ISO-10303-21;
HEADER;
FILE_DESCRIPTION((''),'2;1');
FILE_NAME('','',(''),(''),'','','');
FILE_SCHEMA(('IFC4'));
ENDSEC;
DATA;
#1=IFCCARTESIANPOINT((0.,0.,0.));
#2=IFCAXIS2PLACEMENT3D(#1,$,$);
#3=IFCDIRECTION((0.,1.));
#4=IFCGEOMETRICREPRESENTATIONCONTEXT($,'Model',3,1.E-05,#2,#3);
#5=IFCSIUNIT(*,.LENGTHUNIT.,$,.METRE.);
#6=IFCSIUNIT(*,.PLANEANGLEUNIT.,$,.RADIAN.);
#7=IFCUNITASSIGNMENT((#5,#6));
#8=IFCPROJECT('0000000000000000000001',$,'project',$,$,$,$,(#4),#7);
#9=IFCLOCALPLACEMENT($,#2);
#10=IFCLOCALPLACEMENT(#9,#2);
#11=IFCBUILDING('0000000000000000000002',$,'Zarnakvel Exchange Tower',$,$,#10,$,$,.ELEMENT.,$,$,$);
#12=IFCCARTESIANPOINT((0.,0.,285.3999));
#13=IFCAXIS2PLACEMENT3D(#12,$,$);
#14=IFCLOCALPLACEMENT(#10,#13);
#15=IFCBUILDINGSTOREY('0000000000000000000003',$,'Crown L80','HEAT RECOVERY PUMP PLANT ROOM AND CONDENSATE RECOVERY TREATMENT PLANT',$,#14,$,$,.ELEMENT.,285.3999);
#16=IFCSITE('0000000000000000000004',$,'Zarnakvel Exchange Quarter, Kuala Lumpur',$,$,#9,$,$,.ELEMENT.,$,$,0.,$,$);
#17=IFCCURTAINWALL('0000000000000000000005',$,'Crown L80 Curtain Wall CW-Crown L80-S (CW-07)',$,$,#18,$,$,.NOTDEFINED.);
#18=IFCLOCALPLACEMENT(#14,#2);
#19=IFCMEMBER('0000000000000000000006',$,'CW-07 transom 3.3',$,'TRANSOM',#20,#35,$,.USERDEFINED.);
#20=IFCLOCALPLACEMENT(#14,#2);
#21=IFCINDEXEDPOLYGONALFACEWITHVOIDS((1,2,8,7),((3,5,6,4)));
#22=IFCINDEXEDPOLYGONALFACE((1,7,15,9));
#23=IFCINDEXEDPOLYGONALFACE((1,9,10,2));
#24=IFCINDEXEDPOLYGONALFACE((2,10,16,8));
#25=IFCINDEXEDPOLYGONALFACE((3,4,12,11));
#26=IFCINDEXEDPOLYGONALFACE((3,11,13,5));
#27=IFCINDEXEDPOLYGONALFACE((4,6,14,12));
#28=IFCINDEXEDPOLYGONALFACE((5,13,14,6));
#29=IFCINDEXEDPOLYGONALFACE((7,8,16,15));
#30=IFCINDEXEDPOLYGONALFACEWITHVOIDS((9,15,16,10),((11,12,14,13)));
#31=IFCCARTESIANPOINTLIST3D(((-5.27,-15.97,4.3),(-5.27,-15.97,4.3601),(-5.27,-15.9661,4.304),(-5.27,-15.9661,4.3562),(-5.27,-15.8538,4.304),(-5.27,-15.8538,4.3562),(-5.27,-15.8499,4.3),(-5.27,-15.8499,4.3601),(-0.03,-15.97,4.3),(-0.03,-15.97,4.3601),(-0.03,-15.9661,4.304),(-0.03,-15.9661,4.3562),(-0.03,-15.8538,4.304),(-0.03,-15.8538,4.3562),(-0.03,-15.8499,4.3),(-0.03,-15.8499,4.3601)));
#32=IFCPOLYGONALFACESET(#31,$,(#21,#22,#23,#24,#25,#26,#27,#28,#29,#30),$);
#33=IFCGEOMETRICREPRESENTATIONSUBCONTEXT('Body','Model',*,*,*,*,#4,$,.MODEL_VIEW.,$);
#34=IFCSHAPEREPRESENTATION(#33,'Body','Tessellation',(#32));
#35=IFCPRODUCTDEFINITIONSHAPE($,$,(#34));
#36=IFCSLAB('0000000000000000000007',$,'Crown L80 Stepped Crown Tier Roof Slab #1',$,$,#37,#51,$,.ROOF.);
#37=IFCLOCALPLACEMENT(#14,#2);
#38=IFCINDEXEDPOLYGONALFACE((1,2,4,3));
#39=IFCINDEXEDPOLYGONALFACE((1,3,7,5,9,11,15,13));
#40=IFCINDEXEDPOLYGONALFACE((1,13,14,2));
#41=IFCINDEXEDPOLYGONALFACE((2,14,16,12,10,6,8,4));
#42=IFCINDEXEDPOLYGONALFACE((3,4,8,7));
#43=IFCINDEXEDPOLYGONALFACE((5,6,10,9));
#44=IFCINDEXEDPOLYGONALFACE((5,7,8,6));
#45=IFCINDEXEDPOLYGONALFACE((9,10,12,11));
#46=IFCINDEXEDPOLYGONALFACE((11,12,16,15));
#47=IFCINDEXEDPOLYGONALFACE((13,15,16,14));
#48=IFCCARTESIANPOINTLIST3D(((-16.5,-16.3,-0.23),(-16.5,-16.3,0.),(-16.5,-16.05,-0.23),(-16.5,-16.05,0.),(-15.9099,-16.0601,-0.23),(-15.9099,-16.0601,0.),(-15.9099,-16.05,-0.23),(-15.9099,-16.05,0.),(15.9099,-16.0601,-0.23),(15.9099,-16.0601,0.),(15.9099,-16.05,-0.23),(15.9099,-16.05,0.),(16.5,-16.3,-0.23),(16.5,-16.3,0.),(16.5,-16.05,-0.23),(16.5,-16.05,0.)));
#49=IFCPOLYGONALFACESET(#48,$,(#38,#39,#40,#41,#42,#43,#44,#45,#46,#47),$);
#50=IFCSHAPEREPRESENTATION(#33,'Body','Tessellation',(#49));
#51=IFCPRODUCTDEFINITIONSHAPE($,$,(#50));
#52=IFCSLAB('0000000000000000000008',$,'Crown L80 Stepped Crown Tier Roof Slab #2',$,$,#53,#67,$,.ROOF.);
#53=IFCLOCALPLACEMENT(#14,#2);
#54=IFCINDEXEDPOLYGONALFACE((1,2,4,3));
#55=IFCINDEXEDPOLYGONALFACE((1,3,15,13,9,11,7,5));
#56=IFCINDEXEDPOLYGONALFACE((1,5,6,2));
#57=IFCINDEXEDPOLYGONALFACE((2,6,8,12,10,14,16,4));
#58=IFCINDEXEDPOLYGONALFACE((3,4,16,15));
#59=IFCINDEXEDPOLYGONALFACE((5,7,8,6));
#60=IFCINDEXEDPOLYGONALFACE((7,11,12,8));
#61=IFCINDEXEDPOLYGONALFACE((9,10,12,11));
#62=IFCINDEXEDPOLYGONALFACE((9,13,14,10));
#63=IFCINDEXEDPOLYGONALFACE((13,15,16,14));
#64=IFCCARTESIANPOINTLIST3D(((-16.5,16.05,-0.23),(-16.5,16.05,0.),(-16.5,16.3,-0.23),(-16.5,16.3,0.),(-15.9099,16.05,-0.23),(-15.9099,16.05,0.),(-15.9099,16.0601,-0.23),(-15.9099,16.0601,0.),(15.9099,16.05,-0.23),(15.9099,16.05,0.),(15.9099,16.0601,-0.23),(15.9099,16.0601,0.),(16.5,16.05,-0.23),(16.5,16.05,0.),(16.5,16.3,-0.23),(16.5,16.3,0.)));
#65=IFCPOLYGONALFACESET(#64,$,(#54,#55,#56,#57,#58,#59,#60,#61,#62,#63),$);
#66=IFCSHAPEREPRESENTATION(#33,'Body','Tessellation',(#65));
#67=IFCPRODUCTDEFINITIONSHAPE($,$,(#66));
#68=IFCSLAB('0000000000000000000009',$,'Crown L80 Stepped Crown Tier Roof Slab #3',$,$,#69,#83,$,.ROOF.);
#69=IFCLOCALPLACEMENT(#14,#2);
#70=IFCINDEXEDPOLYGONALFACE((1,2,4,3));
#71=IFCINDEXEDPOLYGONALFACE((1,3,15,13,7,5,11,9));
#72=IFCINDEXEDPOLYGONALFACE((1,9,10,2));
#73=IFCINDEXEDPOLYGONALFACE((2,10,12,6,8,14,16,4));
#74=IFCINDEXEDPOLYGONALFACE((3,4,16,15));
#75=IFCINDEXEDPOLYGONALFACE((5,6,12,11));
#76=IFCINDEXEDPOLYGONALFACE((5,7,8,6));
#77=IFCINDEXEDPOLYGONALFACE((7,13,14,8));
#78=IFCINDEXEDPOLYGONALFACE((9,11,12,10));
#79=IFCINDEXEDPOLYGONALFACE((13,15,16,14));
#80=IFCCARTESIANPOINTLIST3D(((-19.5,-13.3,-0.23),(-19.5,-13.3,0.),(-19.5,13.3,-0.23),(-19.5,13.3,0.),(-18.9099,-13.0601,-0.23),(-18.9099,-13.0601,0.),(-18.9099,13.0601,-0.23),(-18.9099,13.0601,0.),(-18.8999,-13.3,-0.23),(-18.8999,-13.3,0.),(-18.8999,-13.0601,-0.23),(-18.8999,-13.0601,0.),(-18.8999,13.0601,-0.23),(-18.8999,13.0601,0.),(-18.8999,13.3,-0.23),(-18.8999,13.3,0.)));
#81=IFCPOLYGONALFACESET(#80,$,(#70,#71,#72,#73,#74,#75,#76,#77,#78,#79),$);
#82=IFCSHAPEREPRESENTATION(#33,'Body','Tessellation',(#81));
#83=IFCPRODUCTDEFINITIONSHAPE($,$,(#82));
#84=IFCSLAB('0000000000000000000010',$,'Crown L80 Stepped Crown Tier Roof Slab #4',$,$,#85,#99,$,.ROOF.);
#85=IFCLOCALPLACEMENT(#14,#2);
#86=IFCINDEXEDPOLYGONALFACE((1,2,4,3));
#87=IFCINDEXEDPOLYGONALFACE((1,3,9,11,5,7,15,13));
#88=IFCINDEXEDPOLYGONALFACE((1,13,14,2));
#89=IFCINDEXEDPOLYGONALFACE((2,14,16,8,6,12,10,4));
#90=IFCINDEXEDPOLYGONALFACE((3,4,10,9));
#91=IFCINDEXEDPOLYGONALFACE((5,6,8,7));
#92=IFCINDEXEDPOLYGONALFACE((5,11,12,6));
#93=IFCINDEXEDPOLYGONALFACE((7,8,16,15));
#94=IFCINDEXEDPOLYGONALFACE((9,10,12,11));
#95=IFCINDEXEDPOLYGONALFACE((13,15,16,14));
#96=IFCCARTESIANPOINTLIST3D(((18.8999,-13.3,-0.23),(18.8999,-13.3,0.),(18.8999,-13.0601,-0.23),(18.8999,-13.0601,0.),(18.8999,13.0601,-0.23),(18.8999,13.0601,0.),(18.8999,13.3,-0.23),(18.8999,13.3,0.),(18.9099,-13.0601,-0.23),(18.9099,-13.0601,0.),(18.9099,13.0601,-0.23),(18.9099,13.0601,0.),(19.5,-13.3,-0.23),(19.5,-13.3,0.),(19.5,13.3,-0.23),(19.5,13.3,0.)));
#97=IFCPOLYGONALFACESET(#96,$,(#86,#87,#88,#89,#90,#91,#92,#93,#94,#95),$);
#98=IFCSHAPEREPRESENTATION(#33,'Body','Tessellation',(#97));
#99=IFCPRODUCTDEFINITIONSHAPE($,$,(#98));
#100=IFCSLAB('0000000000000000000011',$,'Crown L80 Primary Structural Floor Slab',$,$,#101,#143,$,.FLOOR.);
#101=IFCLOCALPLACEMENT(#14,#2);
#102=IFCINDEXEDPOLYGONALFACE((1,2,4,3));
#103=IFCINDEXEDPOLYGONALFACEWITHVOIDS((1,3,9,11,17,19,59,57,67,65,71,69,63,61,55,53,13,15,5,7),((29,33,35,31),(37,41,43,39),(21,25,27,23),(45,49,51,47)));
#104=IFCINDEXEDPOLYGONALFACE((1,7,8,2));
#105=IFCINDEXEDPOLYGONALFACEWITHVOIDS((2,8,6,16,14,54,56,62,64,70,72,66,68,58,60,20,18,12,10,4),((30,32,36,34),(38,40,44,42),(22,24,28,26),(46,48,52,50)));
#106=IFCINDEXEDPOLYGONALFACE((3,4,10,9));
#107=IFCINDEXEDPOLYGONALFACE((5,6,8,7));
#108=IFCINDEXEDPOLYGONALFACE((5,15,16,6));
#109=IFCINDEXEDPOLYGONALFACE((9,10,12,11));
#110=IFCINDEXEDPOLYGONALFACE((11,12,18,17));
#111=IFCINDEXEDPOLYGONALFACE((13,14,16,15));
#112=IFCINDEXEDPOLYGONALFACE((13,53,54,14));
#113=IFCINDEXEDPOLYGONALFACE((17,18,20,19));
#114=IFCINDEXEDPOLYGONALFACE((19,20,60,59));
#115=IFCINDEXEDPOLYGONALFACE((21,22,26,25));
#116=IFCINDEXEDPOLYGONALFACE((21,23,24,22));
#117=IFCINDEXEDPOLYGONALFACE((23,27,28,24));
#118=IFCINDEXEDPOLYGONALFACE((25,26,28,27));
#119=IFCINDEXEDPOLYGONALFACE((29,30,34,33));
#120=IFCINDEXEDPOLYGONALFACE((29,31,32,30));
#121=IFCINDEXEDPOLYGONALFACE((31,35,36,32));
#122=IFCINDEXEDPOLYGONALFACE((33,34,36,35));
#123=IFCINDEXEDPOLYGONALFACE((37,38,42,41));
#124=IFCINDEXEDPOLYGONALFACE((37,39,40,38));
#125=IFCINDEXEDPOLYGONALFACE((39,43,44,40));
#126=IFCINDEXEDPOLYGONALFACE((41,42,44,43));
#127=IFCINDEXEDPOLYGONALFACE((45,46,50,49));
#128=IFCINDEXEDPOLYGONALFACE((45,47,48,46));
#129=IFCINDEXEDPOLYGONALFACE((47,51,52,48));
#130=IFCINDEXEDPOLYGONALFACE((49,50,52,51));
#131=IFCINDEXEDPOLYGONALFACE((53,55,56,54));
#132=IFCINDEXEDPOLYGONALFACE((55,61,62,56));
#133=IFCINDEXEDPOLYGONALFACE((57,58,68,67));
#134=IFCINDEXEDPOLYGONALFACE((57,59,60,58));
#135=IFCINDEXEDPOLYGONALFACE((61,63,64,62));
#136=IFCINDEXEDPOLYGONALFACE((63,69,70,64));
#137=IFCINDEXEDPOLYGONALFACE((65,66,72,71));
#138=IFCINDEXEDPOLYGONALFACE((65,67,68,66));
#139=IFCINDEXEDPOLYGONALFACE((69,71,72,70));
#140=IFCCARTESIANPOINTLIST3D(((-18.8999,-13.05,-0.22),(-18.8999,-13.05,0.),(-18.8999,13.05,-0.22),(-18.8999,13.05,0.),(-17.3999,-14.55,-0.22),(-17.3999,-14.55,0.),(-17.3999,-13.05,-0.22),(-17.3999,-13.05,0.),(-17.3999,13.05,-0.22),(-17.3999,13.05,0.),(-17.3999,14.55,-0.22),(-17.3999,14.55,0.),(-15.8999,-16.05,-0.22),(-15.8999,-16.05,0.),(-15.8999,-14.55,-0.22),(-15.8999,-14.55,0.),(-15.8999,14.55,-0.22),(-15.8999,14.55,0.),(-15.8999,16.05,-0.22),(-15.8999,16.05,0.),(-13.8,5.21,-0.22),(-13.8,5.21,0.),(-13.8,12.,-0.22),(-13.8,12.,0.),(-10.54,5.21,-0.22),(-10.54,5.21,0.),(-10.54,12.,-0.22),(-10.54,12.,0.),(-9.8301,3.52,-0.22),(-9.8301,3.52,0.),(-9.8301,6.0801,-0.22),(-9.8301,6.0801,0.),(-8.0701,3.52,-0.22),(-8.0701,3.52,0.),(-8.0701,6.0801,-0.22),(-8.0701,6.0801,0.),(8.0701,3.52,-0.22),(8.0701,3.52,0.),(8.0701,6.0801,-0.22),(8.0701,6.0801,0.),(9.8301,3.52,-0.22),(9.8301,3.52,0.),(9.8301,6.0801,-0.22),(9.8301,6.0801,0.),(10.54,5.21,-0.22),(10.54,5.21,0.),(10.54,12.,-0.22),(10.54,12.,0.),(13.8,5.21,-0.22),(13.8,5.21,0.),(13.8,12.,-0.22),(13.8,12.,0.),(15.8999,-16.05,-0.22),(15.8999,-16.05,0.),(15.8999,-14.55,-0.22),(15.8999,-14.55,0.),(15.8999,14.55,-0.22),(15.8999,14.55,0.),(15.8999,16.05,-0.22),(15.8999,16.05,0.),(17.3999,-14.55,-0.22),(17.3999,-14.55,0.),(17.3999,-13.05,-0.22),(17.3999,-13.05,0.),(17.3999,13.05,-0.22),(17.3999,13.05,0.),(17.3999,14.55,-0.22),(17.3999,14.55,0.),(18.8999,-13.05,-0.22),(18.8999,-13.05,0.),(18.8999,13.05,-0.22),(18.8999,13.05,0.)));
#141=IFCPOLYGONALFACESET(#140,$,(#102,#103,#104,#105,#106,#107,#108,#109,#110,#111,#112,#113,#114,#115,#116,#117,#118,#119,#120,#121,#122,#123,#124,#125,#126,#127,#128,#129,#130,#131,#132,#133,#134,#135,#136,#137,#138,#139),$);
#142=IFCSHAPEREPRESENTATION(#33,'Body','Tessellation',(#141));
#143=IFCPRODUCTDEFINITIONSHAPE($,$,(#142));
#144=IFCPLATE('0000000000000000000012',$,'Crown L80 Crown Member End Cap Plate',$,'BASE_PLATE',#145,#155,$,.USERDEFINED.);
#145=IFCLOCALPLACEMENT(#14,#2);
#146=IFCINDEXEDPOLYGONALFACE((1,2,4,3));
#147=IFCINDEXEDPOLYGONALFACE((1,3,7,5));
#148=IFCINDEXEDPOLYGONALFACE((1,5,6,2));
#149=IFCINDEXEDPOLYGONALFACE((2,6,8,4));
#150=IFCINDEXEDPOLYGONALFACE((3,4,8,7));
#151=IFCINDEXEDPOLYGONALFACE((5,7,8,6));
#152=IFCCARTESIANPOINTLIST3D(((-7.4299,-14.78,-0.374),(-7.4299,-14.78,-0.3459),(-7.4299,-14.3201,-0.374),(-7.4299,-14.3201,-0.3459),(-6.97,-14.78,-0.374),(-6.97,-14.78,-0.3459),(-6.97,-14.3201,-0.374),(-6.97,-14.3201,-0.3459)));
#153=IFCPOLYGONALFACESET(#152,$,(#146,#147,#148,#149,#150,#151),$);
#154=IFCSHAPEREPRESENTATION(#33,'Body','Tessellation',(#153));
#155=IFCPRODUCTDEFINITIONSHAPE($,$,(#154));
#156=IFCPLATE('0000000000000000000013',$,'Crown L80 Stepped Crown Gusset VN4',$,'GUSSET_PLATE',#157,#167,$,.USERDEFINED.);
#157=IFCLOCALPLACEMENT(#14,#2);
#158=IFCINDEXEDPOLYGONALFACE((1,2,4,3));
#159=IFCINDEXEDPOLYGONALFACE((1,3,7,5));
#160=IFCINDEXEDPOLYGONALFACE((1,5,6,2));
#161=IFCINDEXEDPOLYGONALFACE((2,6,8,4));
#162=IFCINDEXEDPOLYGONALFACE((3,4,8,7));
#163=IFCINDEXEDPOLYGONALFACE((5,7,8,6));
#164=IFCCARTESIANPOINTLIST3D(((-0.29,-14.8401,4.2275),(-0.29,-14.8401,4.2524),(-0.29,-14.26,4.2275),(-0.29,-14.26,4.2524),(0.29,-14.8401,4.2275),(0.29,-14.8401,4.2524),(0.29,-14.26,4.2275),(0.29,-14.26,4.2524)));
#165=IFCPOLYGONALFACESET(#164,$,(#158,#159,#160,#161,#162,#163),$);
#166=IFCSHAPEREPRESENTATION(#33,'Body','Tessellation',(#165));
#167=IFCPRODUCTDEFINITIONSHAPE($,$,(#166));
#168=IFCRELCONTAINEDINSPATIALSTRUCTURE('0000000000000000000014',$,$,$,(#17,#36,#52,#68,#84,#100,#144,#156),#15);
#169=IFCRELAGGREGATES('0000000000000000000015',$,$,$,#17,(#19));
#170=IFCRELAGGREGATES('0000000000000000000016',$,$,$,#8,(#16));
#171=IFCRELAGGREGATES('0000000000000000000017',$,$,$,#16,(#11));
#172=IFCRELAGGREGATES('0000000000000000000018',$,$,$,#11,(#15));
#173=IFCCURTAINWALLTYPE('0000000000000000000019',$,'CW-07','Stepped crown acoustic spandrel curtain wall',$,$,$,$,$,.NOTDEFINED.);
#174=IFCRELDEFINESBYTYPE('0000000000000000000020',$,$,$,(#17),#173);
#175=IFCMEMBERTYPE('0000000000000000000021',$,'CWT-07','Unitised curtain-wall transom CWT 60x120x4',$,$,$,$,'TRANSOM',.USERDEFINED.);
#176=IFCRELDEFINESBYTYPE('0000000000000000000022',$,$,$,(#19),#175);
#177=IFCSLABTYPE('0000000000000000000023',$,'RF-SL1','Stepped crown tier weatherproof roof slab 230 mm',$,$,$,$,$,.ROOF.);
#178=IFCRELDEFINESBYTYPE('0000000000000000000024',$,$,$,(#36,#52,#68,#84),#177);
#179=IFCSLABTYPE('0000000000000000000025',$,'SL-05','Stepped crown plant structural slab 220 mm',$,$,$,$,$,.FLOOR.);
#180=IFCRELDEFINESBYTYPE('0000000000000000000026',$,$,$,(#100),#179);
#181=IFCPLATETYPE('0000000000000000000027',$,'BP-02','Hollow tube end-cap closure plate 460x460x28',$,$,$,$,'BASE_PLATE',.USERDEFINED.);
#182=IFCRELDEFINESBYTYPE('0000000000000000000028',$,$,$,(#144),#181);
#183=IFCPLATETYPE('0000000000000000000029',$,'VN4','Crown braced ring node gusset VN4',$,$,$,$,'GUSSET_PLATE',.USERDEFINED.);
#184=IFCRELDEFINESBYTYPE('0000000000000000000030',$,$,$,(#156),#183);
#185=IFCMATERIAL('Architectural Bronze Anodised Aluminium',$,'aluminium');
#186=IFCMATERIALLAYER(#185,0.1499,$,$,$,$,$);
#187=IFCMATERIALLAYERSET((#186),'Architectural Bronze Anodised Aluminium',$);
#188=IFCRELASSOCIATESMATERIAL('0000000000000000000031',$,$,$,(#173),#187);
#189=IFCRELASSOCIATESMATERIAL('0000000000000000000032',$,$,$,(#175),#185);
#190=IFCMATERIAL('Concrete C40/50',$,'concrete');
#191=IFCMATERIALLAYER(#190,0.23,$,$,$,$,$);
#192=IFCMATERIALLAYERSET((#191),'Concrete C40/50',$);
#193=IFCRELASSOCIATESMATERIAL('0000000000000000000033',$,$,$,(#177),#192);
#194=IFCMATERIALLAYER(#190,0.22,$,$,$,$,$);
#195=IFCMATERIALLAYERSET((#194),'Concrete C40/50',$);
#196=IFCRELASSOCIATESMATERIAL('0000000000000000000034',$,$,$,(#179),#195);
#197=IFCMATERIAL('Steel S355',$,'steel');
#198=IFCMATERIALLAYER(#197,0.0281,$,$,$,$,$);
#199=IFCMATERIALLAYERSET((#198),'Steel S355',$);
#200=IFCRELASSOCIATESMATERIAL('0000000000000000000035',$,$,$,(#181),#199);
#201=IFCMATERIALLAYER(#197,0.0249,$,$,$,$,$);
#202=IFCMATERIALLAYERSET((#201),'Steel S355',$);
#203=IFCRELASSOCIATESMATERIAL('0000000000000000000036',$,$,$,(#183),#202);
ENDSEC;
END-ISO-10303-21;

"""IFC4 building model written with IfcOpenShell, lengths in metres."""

from ifc_helpers import new_model, si_unit, direction, frame, origin, origin_2d, place, context, subcontext, project, spatial, polyline, rectangle, hollow_rectangle, outline, extrude, source, transform, mapped, material, layer, layer_set, material_profile, profile_set, type_object, element, aggregate, save


model = new_model("IFC4")

# Units and contexts
model_context = context("Model", 3, precision=1e-05, world=origin(), true_north=direction((0.0, 1.0)))
body_context = subcontext(model_context, "Body", "Model", "MODEL_VIEW")
ifc_project = project(units=[si_unit("LENGTHUNIT", "METRE"), si_unit("PLANEANGLEUNIT", "RADIAN")], contexts=[model_context])

# Site, building, storey
site_placement = place(None, origin())
site = spatial("IfcSite", under=ifc_project, at=site_placement, Name="Zarnakvel Exchange Quarter, Kuala Lumpur", CompositionType="ELEMENT", RefElevation=0.0)
building_placement = place(site_placement, origin())
building = spatial("IfcBuilding", under=site, at=building_placement, Name="Zarnakvel Exchange Tower", CompositionType="ELEMENT")
storey_placement = place(building_placement, frame((0.0, 0.0, 285.3999)))
storey = spatial("IfcBuildingStorey", under=building, at=storey_placement, Name="Crown L80", Description="HEAT RECOVERY PUMP PLANT ROOM AND CONDENSATE RECOVERY TREATMENT PLANT", CompositionType="ELEMENT", Elevation=285.3999)

# Shared definitions
ifc_material_1 = material(Name="Steel S355", Category="steel")

# Curtain wall, member
ifc_material_2 = material(Name="Architectural Bronze Anodised Aluminium", Category="aluminium")
ifc_layer_1 = layer(ifc_material_2, 0.1499)
ifc_layer_set_1 = layer_set([ifc_layer_1], Name="Architectural Bronze Anodised Aluminium")
curtain_wall_type = type_object("IfcCurtainWallType", Name="CW-07", Description="Stepped crown acoustic spandrel curtain wall", PredefinedType="NOTDEFINED", material=ifc_layer_set_1)
curtain_wall_placement = place(storey_placement, origin())
curtain_wall = element("IfcCurtainWall", 1, at=curtain_wall_placement, inside=storey, type_object=curtain_wall_type, Name="Crown L80 Curtain Wall CW-Crown L80-S (CW-07)", PredefinedType="NOTDEFINED")
ifc_material_profile_1 = material_profile(ifc_material_2, hollow_rectangle(XDim=0.1201, YDim=0.0601, WallThickness=0.0039, at=origin_2d()))
ifc_profile_set_1 = profile_set([ifc_material_profile_1], Name="Architectural Bronze Anodised Aluminium")
member_type_1 = type_object("IfcMemberType", Name="CWT-07", Description="Unitised curtain-wall transom CWT 60x120x4", ElementType="TRANSOM", PredefinedType="USERDEFINED", material=ifc_profile_set_1)
shared_shape_1 = source(origin(), body_context, "Body", "SweptSolid", [
    extrude(hollow_rectangle(XDim=0.1201, YDim=0.0601, WallThickness=0.0039, at=origin_2d()), origin(), (0.0, 0.0, 1.0), 5.24),
])
member_1_placement = place(storey_placement, frame((-5.27, -15.9099, 4.3301), z_axis=(1.0, 0.0, 0.0), x_axis=(0.0, 1.0, 0.0)))
member_1 = element("IfcMember", 2, at=member_1_placement, type_object=member_type_1, Name="CW-07 transom 3.3", ObjectType="TRANSOM", PredefinedType="USERDEFINED", context=body_context, shape_type="MappedRepresentation", body=[
    mapped(shared_shape_1, transform((0.0, 0.0, 0.0), x_axis=(1.0, 0.0, 0.0), y_axis=(0.0, 1.0, 0.0), z_axis=(0.0, 0.0, 1.0), scale=1.0)),
])

# Slabs
ifc_material_3 = material(Name="Concrete C40/50", Category="concrete")
ifc_layer_2 = layer(ifc_material_3, 0.23)
ifc_layer_set_2 = layer_set([ifc_layer_2], Name="Concrete C40/50")
slab_type_1 = type_object("IfcSlabType", Name="RF-SL1", Description="Stepped crown tier weatherproof roof slab 230 mm", PredefinedType="ROOF", material=ifc_layer_set_2)
slab_1_placement = place(storey_placement, frame((0.0, 0.0, -0.23)))
element("IfcSlab", 3, at=slab_1_placement, inside=storey, type_object=slab_type_1, Name="Crown L80 Stepped Crown Tier Roof Slab #1", PredefinedType="ROOF", context=body_context, shape_type="SweptSolid", body=[
    extrude(outline(polyline([(16.5, -16.3), (-16.5, -16.3), (-16.5, -16.05), (-15.9099, -16.05), (-15.9099, -16.0601), (15.9099, -16.0601), (15.9099, -16.05), (16.5, -16.05), (16.5, -16.3)])), origin(), (0.0, 0.0, 1.0), 0.23),
])
slab_2_placement = place(storey_placement, frame((0.0, 0.0, -0.23)))
element("IfcSlab", 4, at=slab_2_placement, inside=storey, type_object=slab_type_1, Name="Crown L80 Stepped Crown Tier Roof Slab #2", PredefinedType="ROOF", context=body_context, shape_type="SweptSolid", body=[
    extrude(outline(polyline([(-16.5, 16.3), (16.5, 16.3), (16.5, 16.05), (15.9099, 16.05), (15.9099, 16.0601), (-15.9099, 16.0601), (-15.9099, 16.05), (-16.5, 16.05), (-16.5, 16.3)])), origin(), (0.0, 0.0, 1.0), 0.23),
])
slab_3_placement = place(storey_placement, frame((0.0, 0.0, -0.23)))
element("IfcSlab", 5, at=slab_3_placement, inside=storey, type_object=slab_type_1, Name="Crown L80 Stepped Crown Tier Roof Slab #3", PredefinedType="ROOF", context=body_context, shape_type="SweptSolid", body=[
    extrude(outline(polyline([(-18.8999, 13.3), (-18.8999, 13.0601), (-18.9099, 13.0601), (-18.9099, -13.0601), (-18.8999, -13.0601), (-18.8999, -13.3), (-19.5, -13.3), (-19.5, 13.3), (-18.8999, 13.3)])), origin(), (0.0, 0.0, 1.0), 0.23),
])
slab_4_placement = place(storey_placement, frame((0.0, 0.0, -0.23)))
element("IfcSlab", 6, at=slab_4_placement, inside=storey, type_object=slab_type_1, Name="Crown L80 Stepped Crown Tier Roof Slab #4", PredefinedType="ROOF", context=body_context, shape_type="SweptSolid", body=[
    extrude(outline(polyline([(19.5, 13.3), (19.5, -13.3), (18.8999, -13.3), (18.8999, -13.0601), (18.9099, -13.0601), (18.9099, 13.0601), (18.8999, 13.0601), (18.8999, 13.3), (19.5, 13.3)])), origin(), (0.0, 0.0, 1.0), 0.23),
])
ifc_layer_3 = layer(ifc_material_3, 0.22)
ifc_layer_set_3 = layer_set([ifc_layer_3], Name="Concrete C40/50")
slab_type_2 = type_object("IfcSlabType", Name="SL-05", Description="Stepped crown plant structural slab 220 mm", PredefinedType="FLOOR", material=ifc_layer_set_3)
slab_5_placement = place(storey_placement, frame((0.0, 0.0, -0.22)))
element("IfcSlab", 7, at=slab_5_placement, inside=storey, type_object=slab_type_2, Name="Crown L80 Primary Structural Floor Slab", PredefinedType="FLOOR", context=body_context, shape_type="SweptSolid", body=[
    extrude(outline(polyline([(-18.8999, -13.05), (-17.3999, -13.05), (-17.3999, -14.55), (-15.8999, -14.55), (-15.8999, -16.05), (15.8999, -16.05), (15.8999, -14.55), (17.3999, -14.55), (17.3999, -13.05), (18.8999, -13.05), (18.8999, 13.05), (17.3999, 13.05), (17.3999, 14.55), (15.8999, 14.55), (15.8999, 16.05), (-15.8999, 16.05), (-15.8999, 14.55), (-17.3999, 14.55), (-17.3999, 13.05), (-18.8999, 13.05), (-18.8999, -13.05)]), holes=[polyline([(-13.8, 5.21), (-10.54, 5.21), (-10.54, 12.0), (-13.8, 12.0), (-13.8, 5.21)]), polyline([(10.54, 5.21), (13.8, 5.21), (13.8, 12.0), (10.54, 12.0), (10.54, 5.21)]), polyline([(-9.8301, 3.52), (-8.0701, 3.52), (-8.0701, 6.0801), (-9.8301, 6.0801), (-9.8301, 3.52)]), polyline([(8.0701, 3.52), (9.8301, 3.52), (9.8301, 6.0801), (8.0701, 6.0801), (8.0701, 3.52)])]), origin(), (0.0, 0.0, 1.0), 0.22),
])

# Plates
ifc_layer_4 = layer(ifc_material_1, 0.0281)
ifc_layer_set_4 = layer_set([ifc_layer_4], Name="Steel S355")
plate_type_1 = type_object("IfcPlateType", Name="BP-02", Description="Hollow tube end-cap closure plate 460x460x28", ElementType="BASE_PLATE", PredefinedType="USERDEFINED", material=ifc_layer_set_4)
shared_shape_2 = source(origin(), body_context, "Body", "SweptSolid", [
    extrude(rectangle(XDim=0.46, YDim=0.46, at=origin_2d()), origin(), (0.0, 0.0, 1.0), 0.0281),
])
plate_1_placement = place(storey_placement, frame((-7.2, -14.55, -0.374), z_axis=(0.0, 0.0, 1.0), x_axis=(1.0, 0.0, 0.0)))
element("IfcPlate", 8, at=plate_1_placement, inside=storey, type_object=plate_type_1, Name="Crown L80 Crown Member End Cap Plate", ObjectType="BASE_PLATE", PredefinedType="USERDEFINED", context=body_context, shape_type="MappedRepresentation", body=[
    mapped(shared_shape_2, transform((0.0, 0.0, 0.0), x_axis=(1.0, 0.0, 0.0), y_axis=(0.0, 1.0, 0.0), z_axis=(0.0, 0.0, 1.0), scale=1.0)),
])
ifc_layer_5 = layer(ifc_material_1, 0.0249)
ifc_layer_set_5 = layer_set([ifc_layer_5], Name="Steel S355")
plate_type_2 = type_object("IfcPlateType", Name="VN4", Description="Crown braced ring node gusset VN4", ElementType="GUSSET_PLATE", PredefinedType="USERDEFINED", material=ifc_layer_set_5)
shared_shape_3 = source(origin(), body_context, "Body", "SweptSolid", [
    extrude(rectangle(XDim=0.5801, YDim=0.5801, at=origin_2d()), origin(), (0.0, 0.0, 1.0), 0.0249),
])
plate_2_placement = place(storey_placement, frame((0.0, -14.55, 4.2275), z_axis=(0.0, 0.0, 1.0), x_axis=(1.0, 0.0, 0.0)))
element("IfcPlate", 9, at=plate_2_placement, inside=storey, type_object=plate_type_2, Name="Crown L80 Stepped Crown Gusset VN4", ObjectType="GUSSET_PLATE", PredefinedType="USERDEFINED", context=body_context, shape_type="MappedRepresentation", body=[
    mapped(shared_shape_3, transform((0.0, 0.0, 0.0), x_axis=(1.0, 0.0, 0.0), y_axis=(0.0, 1.0, 0.0), z_axis=(0.0, 0.0, 1.0), scale=1.0)),
])

aggregate(curtain_wall, [member_1])

save(model, "model.ifc")
